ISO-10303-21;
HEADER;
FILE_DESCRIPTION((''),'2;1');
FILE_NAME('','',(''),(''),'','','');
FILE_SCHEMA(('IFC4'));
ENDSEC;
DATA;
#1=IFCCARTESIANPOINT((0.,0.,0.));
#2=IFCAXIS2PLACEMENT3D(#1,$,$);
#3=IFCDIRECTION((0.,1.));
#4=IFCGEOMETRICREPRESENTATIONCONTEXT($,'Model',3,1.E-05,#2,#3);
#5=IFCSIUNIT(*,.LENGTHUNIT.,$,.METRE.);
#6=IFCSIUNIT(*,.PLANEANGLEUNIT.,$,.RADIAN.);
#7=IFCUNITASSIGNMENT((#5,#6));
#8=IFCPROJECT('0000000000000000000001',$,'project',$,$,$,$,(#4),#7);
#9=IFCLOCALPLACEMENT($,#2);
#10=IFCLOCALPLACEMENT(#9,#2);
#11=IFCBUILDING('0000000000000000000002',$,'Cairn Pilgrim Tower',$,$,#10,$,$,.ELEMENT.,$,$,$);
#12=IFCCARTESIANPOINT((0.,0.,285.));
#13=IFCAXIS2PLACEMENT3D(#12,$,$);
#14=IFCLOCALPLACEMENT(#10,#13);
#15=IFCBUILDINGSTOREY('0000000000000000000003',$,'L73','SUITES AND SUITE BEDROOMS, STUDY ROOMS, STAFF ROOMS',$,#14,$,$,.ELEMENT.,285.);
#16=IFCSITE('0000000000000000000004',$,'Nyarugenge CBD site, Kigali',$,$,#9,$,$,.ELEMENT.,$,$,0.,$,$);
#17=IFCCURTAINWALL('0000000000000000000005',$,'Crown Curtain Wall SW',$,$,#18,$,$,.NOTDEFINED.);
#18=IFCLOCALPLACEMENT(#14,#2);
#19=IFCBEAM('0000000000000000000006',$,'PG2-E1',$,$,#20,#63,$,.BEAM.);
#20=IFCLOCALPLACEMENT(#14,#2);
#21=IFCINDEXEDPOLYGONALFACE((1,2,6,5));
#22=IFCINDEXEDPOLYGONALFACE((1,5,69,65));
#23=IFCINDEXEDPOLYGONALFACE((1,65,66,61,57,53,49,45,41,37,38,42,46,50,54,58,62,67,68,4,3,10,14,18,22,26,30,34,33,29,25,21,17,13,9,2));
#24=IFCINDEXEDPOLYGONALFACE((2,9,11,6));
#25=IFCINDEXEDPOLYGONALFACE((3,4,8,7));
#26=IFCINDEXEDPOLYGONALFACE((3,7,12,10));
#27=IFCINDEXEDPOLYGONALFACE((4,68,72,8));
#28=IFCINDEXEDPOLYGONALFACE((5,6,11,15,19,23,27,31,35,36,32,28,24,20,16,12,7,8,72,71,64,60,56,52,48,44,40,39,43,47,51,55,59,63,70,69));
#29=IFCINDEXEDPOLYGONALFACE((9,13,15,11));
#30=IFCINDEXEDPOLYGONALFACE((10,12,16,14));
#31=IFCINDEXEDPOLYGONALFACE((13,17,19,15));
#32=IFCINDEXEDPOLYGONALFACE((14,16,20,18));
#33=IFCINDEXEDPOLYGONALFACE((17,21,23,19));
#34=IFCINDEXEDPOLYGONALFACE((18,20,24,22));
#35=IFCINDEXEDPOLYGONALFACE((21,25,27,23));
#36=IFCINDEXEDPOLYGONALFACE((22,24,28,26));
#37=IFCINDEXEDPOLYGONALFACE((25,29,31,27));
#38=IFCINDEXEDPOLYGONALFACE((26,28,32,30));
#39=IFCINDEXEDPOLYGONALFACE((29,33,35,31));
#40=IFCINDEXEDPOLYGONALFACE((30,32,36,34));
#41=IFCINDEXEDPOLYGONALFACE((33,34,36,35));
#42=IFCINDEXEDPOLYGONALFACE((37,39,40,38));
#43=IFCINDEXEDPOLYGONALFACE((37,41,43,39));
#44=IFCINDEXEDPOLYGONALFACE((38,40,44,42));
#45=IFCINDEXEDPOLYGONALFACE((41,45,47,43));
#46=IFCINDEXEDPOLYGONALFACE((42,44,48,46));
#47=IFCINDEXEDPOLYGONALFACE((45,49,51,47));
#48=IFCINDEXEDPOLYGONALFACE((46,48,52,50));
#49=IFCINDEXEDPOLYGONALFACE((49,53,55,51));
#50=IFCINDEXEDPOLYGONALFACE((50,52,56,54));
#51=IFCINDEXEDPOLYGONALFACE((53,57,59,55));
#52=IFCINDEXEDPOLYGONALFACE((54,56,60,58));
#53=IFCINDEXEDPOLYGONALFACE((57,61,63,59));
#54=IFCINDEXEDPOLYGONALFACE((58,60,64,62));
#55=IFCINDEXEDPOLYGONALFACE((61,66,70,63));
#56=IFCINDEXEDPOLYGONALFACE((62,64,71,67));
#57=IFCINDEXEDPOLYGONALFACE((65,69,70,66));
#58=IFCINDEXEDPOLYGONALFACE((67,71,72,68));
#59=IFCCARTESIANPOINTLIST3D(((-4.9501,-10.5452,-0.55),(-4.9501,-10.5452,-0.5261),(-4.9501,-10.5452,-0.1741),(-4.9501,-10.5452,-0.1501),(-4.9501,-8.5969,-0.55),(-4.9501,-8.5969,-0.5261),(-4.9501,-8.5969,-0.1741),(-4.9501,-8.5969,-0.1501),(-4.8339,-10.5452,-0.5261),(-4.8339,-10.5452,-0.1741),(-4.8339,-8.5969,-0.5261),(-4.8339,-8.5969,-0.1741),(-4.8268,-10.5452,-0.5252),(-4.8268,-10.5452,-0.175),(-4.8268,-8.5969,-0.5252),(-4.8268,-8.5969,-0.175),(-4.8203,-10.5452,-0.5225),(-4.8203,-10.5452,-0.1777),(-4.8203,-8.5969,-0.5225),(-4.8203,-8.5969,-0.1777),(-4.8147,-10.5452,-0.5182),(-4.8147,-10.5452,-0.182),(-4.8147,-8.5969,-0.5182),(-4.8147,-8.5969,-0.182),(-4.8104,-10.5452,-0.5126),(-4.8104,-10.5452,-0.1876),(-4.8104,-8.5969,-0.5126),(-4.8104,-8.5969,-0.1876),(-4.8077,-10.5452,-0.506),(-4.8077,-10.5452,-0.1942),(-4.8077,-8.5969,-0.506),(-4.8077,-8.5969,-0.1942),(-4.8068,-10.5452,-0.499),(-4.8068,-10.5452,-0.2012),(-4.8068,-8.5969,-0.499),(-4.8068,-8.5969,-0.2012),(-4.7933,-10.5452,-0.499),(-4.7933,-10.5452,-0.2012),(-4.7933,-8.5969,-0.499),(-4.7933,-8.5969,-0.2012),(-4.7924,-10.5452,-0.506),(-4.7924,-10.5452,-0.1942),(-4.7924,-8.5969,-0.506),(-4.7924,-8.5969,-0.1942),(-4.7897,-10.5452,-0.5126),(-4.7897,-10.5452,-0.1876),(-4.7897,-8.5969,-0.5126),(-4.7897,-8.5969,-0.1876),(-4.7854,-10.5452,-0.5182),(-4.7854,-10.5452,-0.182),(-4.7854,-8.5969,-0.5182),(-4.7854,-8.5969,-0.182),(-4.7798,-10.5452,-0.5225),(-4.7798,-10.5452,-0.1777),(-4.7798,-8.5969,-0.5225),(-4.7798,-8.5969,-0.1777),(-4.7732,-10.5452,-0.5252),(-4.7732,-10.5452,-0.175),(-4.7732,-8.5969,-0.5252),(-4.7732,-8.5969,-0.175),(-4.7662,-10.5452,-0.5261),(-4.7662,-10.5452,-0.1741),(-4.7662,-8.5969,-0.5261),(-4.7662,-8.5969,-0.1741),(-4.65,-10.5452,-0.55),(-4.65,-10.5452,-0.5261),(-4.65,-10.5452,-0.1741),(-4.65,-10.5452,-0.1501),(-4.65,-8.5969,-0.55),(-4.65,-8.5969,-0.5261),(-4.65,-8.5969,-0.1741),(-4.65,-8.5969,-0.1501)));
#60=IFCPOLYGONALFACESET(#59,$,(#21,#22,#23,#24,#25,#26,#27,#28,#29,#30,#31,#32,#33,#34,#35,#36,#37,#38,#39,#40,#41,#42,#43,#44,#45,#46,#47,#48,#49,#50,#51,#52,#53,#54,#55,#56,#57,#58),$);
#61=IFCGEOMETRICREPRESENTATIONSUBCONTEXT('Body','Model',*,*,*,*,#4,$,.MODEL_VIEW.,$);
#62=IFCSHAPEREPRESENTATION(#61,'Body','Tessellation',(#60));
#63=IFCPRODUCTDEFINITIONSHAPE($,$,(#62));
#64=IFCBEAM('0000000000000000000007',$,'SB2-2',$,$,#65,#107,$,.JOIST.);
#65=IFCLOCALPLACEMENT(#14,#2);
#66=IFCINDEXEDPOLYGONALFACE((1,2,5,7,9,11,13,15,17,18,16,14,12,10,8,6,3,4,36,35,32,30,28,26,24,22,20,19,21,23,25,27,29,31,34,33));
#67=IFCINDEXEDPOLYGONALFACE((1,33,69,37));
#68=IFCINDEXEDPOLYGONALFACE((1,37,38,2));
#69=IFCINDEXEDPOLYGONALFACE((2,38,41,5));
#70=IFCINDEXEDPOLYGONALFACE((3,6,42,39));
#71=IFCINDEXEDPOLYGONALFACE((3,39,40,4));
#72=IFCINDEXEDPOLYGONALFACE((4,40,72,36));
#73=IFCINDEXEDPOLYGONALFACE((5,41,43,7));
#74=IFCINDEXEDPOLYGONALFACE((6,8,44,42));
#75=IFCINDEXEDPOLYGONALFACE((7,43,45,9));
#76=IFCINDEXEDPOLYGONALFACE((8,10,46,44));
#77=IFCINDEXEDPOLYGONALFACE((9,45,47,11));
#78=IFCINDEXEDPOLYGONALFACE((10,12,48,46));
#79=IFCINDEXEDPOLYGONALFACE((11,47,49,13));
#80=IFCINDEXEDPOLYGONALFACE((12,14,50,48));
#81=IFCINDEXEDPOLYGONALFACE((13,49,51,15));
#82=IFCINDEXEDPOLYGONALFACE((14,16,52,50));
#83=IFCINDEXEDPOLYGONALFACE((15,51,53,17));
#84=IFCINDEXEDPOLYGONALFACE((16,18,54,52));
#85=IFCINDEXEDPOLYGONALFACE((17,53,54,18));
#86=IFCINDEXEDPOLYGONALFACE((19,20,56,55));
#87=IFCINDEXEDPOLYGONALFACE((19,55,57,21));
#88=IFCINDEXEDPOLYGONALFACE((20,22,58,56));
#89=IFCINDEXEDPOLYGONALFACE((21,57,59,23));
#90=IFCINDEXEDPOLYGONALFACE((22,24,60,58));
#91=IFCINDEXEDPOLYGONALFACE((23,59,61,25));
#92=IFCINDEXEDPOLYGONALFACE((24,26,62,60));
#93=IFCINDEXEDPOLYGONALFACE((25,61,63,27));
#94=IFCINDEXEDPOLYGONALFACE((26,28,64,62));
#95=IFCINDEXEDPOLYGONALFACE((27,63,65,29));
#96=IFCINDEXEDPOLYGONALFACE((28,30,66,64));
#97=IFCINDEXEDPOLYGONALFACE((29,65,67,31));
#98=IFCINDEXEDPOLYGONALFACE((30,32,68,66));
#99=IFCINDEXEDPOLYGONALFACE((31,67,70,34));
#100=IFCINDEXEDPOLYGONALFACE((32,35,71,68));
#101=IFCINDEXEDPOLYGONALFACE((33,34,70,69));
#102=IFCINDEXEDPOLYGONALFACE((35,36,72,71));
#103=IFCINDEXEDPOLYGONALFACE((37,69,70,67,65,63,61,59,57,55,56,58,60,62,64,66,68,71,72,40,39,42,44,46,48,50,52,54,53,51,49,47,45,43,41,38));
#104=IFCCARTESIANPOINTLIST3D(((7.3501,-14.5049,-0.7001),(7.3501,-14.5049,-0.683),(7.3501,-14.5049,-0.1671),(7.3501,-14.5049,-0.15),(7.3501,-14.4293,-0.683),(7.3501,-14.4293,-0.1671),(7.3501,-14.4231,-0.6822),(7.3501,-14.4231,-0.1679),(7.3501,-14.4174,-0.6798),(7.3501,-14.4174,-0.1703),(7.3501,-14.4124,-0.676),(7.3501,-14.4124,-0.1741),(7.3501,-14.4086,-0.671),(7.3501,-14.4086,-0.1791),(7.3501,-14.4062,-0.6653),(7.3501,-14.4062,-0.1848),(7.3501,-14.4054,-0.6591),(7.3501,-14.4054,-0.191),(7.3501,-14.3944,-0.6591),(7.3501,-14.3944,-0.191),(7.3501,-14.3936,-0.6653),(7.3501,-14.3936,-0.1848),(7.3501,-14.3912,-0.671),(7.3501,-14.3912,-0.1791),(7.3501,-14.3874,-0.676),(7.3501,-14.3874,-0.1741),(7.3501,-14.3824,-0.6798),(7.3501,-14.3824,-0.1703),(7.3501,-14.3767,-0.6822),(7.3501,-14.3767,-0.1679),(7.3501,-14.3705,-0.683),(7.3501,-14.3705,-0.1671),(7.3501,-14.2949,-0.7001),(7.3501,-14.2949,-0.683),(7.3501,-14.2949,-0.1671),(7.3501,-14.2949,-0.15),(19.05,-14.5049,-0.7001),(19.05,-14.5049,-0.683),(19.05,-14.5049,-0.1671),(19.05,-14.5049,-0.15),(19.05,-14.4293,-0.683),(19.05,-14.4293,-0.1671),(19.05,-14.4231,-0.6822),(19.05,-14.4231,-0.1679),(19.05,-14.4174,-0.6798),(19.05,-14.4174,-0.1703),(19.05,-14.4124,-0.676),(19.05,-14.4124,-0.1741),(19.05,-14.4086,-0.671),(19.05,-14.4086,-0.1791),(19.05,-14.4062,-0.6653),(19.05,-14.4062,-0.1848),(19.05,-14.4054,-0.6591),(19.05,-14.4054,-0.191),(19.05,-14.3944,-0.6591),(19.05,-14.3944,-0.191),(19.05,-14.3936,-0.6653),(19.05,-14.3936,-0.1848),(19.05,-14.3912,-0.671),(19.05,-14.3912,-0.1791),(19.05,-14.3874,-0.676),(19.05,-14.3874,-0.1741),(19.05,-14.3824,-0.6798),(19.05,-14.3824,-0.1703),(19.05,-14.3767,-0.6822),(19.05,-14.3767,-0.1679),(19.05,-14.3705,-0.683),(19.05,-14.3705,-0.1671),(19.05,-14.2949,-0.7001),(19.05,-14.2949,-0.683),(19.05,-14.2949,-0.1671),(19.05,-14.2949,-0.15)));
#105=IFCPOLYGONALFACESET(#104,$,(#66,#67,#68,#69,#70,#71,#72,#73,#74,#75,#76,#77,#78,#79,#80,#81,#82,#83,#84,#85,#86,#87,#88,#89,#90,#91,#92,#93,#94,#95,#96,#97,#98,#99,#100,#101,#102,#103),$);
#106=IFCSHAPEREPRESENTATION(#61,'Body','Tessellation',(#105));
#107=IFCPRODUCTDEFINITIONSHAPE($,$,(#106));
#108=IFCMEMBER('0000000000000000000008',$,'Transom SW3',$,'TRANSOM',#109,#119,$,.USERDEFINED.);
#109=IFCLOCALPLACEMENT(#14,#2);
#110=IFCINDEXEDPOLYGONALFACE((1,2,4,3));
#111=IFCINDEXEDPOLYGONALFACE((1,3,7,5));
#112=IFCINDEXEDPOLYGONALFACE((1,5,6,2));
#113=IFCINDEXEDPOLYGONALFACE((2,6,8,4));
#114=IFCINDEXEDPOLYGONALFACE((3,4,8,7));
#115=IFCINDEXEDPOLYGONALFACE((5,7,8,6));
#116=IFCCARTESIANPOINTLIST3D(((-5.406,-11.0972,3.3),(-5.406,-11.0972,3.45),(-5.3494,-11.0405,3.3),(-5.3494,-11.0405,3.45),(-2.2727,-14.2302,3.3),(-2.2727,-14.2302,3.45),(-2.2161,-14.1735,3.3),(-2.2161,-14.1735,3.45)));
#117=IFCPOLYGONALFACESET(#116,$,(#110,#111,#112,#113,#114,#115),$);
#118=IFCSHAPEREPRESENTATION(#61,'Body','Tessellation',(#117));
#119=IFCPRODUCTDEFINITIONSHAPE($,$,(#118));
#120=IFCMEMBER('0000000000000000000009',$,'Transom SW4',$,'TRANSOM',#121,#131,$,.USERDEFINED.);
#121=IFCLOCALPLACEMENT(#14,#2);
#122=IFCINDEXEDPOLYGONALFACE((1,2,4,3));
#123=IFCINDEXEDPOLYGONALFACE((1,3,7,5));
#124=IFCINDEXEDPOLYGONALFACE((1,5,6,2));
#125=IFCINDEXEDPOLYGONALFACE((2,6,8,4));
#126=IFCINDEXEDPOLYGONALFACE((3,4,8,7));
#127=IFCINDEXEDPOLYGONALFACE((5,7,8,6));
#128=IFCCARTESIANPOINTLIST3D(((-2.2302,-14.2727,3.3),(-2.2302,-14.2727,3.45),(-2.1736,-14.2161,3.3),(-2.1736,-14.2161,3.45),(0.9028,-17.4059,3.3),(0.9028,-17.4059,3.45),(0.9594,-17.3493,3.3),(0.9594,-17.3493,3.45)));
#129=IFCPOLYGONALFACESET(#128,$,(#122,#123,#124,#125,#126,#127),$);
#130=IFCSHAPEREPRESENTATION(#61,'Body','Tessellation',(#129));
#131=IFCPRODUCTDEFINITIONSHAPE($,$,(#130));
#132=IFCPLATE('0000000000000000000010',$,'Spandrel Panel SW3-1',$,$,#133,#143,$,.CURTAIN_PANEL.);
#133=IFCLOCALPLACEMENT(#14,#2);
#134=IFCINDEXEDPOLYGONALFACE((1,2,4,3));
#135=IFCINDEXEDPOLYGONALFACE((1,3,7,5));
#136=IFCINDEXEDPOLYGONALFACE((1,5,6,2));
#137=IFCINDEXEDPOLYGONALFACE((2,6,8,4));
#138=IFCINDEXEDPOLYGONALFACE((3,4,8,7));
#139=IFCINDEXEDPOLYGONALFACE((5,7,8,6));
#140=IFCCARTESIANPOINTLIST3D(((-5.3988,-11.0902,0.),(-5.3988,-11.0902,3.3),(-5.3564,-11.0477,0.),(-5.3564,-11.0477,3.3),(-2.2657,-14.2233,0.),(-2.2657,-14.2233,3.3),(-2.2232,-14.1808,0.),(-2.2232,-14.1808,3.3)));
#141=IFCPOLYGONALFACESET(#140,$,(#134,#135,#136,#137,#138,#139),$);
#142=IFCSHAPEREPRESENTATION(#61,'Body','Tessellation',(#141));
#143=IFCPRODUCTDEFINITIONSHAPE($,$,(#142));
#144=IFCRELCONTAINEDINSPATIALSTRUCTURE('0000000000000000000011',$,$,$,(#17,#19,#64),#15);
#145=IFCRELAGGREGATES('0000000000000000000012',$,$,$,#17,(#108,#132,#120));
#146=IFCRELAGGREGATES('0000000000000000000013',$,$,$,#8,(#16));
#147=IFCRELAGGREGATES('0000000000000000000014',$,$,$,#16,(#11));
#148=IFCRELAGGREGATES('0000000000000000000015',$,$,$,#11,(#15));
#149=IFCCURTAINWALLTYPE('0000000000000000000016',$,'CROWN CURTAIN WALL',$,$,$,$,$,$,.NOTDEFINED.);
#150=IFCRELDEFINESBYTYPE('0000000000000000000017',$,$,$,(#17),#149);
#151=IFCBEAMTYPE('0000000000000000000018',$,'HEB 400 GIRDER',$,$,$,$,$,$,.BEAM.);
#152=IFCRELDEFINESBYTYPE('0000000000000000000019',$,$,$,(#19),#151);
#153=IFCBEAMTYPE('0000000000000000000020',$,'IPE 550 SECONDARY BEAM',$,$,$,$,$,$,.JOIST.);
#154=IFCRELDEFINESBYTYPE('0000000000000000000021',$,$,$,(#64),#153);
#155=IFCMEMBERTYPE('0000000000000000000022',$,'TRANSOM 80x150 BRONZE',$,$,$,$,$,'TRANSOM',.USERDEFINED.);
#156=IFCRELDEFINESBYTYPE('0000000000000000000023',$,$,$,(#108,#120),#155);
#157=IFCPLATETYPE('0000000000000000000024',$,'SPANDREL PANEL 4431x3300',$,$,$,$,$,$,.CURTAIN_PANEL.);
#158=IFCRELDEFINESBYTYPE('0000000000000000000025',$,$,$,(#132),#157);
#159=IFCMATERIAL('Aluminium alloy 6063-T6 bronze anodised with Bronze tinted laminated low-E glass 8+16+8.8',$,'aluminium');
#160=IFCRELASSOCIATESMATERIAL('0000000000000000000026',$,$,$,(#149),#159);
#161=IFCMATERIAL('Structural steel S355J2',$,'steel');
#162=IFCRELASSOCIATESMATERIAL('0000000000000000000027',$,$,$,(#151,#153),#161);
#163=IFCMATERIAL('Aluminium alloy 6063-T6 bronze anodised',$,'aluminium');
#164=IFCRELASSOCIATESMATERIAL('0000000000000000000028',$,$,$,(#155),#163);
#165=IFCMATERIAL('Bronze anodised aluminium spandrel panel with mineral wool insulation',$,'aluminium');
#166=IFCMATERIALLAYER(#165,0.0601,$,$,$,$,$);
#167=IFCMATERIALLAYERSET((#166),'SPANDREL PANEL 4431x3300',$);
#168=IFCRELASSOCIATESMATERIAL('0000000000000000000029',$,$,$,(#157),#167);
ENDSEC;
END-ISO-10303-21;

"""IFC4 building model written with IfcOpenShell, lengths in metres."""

from ifc_helpers import new_model, si_unit, direction, frame, origin, origin_2d, place, context, subcontext, project, spatial, rectangle, i_section, extrude, material, layer, layer_set, material_profile, profile_set, type_object, element, aggregate, save


model = new_model("IFC4")

# Units and contexts
model_context = context("Model", 3, precision=1e-05, world=origin(), true_north=direction((0.0, 1.0)))
body_context = subcontext(model_context, "Body", "Model", "MODEL_VIEW")
ifc_project = project(units=[si_unit("LENGTHUNIT", "METRE"), si_unit("PLANEANGLEUNIT", "RADIAN")], contexts=[model_context])

# Site, building, storey
site_placement = place(None, origin())
site = spatial("IfcSite", under=ifc_project, at=site_placement, Name="Nyarugenge CBD site, Kigali", CompositionType="ELEMENT", RefElevation=0.0)
building_placement = place(site_placement, origin())
building = spatial("IfcBuilding", under=site, at=building_placement, Name="Cairn Pilgrim Tower", CompositionType="ELEMENT")
storey_placement = place(building_placement, frame((0.0, 0.0, 285.0)))
storey = spatial("IfcBuildingStorey", under=building, at=storey_placement, Name="L73", Description="SUITES AND SUITE BEDROOMS, STUDY ROOMS, STAFF ROOMS", CompositionType="ELEMENT", Elevation=285.0)

# Shared definitions
ifc_material_1 = material(Name="Structural steel S355J2", Category="steel")

# Curtain wall
ifc_material_2 = material(Name="Aluminium alloy 6063-T6 bronze anodised with Bronze tinted laminated low-E glass 8+16+8.8", Category="aluminium")
curtain_wall_type = type_object("IfcCurtainWallType", Name="CROWN CURTAIN WALL", PredefinedType="NOTDEFINED", material=ifc_material_2)
curtain_wall_placement = place(storey_placement, origin())
curtain_wall = element("IfcCurtainWall", 1, at=curtain_wall_placement, inside=storey, type_object=curtain_wall_type, Name="Crown Curtain Wall SW", PredefinedType="NOTDEFINED")
ifc_material_3 = material(Name="Aluminium alloy 6063-T6 bronze anodised", Category="aluminium")

# Beams
ifc_material_profile_1 = material_profile(ifc_material_1, i_section(OverallWidth=0.3, OverallDepth=0.3999, WebThickness=0.0134, FlangeThickness=0.0239, FilletRadius=0.0271, at=origin_2d()), Name="HEB 400")
ifc_profile_set_1 = profile_set([ifc_material_profile_1], Name="Structural steel S355J2")
beam_type_1 = type_object("IfcBeamType", Name="HEB 400 GIRDER", PredefinedType="BEAM", material=ifc_profile_set_1)
beam_1_placement = place(storey_placement, frame((-4.8, -10.5452, -0.3501), z_axis=(0.0, 1.0, 0.0), x_axis=(-1.0, 0.0, 0.0)))
element("IfcBeam", 2, at=beam_1_placement, inside=storey, type_object=beam_type_1, Name="PG2-E1", PredefinedType="BEAM", context=body_context, shape_type="SweptSolid", body=[
    extrude(i_section(OverallWidth=0.3, OverallDepth=0.3999, WebThickness=0.0134, FlangeThickness=0.0239, FilletRadius=0.0271, at=origin_2d()), origin(), (0.0, 0.0, 1.0), 1.9482),
])
ifc_material_profile_2 = material_profile(ifc_material_1, i_section(OverallWidth=0.21, OverallDepth=0.55, WebThickness=0.011, FlangeThickness=0.0171, FilletRadius=0.0239, at=origin_2d()), Name="IPE 550")
ifc_profile_set_2 = profile_set([ifc_material_profile_2], Name="Structural steel S355J2")
beam_type_2 = type_object("IfcBeamType", Name="IPE 550 SECONDARY BEAM", PredefinedType="JOIST", material=ifc_profile_set_2)
beam_2_placement = place(storey_placement, frame((7.3501, -14.3999, -0.425), z_axis=(1.0, 0.0, 0.0), x_axis=(0.0, 1.0, 0.0)))
element("IfcBeam", 3, at=beam_2_placement, inside=storey, type_object=beam_type_2, Name="SB2-2", PredefinedType="JOIST", context=body_context, shape_type="SweptSolid", body=[
    extrude(i_section(OverallWidth=0.21, OverallDepth=0.55, WebThickness=0.011, FlangeThickness=0.0171, FilletRadius=0.0239, at=origin_2d()), origin(), (0.0, 0.0, 1.0), 11.7),
])

# Members
ifc_material_profile_3 = material_profile(ifc_material_3, rectangle(XDim=0.0801, YDim=0.1499, at=origin_2d()), Name="TRANSOM 80x150 BRONZE")
ifc_profile_set_3 = profile_set([ifc_material_profile_3], Name="Aluminium alloy 6063-T6 bronze anodised")
member_type_1 = type_object("IfcMemberType", Name="TRANSOM 80x150 BRONZE", ElementType="TRANSOM", PredefinedType="USERDEFINED", material=ifc_profile_set_3)
member_1_placement = place(storey_placement, frame((-5.3777, -11.0688, 3.375), z_axis=(0.707134, -0.707079, 0.0), x_axis=(0.707079, 0.707134, 0.0)))
member_1 = element("IfcMember", 4, at=member_1_placement, type_object=member_type_1, Name="Transom SW3", ObjectType="TRANSOM", PredefinedType="USERDEFINED", context=body_context, shape_type="SweptSolid", body=[
    extrude(rectangle(XDim=0.0801, YDim=0.1499, at=origin_2d()), origin(), (0.0, 0.0, 1.0), 4.4309),
])
member_2_placement = place(storey_placement, frame((-2.2019, -14.2444, 3.375), z_axis=(0.707079, -0.707134, 0.0), x_axis=(0.707134, 0.707079, 0.0)))
member_2 = element("IfcMember", 5, at=member_2_placement, type_object=member_type_1, Name="Transom SW4", ObjectType="TRANSOM", PredefinedType="USERDEFINED", context=body_context, shape_type="SweptSolid", body=[
    extrude(rectangle(XDim=0.0801, YDim=0.1499, at=origin_2d()), origin(), (0.0, 0.0, 1.0), 4.4309),
])

# Plate
ifc_material_4 = material(Name="Bronze anodised aluminium spandrel panel with mineral wool insulation", Category="aluminium")
ifc_layer_1 = layer(ifc_material_4, 0.0601)
ifc_layer_set_1 = layer_set([ifc_layer_1], Name="SPANDREL PANEL 4431x3300")
plate_type = type_object("IfcPlateType", Name="SPANDREL PANEL 4431x3300", PredefinedType="CURTAIN_PANEL", material=ifc_layer_set_1)
plate_placement = place(storey_placement, frame((-3.811, -12.6355, 0.0), z_axis=(0.0, 0.0, 1.0), x_axis=(0.707107, -0.707107, 0.0)))
plate = element("IfcPlate", 6, at=plate_placement, type_object=plate_type, Name="Spandrel Panel SW3-1", PredefinedType="CURTAIN_PANEL", context=body_context, shape_type="SweptSolid", body=[
    extrude(rectangle(XDim=4.4309, YDim=0.0601, at=origin_2d()), origin(), (0.0, 0.0, 1.0), 3.3),
])
aggregate(curtain_wall, [member_1, plate, member_2])

save(model, "model.ifc")
